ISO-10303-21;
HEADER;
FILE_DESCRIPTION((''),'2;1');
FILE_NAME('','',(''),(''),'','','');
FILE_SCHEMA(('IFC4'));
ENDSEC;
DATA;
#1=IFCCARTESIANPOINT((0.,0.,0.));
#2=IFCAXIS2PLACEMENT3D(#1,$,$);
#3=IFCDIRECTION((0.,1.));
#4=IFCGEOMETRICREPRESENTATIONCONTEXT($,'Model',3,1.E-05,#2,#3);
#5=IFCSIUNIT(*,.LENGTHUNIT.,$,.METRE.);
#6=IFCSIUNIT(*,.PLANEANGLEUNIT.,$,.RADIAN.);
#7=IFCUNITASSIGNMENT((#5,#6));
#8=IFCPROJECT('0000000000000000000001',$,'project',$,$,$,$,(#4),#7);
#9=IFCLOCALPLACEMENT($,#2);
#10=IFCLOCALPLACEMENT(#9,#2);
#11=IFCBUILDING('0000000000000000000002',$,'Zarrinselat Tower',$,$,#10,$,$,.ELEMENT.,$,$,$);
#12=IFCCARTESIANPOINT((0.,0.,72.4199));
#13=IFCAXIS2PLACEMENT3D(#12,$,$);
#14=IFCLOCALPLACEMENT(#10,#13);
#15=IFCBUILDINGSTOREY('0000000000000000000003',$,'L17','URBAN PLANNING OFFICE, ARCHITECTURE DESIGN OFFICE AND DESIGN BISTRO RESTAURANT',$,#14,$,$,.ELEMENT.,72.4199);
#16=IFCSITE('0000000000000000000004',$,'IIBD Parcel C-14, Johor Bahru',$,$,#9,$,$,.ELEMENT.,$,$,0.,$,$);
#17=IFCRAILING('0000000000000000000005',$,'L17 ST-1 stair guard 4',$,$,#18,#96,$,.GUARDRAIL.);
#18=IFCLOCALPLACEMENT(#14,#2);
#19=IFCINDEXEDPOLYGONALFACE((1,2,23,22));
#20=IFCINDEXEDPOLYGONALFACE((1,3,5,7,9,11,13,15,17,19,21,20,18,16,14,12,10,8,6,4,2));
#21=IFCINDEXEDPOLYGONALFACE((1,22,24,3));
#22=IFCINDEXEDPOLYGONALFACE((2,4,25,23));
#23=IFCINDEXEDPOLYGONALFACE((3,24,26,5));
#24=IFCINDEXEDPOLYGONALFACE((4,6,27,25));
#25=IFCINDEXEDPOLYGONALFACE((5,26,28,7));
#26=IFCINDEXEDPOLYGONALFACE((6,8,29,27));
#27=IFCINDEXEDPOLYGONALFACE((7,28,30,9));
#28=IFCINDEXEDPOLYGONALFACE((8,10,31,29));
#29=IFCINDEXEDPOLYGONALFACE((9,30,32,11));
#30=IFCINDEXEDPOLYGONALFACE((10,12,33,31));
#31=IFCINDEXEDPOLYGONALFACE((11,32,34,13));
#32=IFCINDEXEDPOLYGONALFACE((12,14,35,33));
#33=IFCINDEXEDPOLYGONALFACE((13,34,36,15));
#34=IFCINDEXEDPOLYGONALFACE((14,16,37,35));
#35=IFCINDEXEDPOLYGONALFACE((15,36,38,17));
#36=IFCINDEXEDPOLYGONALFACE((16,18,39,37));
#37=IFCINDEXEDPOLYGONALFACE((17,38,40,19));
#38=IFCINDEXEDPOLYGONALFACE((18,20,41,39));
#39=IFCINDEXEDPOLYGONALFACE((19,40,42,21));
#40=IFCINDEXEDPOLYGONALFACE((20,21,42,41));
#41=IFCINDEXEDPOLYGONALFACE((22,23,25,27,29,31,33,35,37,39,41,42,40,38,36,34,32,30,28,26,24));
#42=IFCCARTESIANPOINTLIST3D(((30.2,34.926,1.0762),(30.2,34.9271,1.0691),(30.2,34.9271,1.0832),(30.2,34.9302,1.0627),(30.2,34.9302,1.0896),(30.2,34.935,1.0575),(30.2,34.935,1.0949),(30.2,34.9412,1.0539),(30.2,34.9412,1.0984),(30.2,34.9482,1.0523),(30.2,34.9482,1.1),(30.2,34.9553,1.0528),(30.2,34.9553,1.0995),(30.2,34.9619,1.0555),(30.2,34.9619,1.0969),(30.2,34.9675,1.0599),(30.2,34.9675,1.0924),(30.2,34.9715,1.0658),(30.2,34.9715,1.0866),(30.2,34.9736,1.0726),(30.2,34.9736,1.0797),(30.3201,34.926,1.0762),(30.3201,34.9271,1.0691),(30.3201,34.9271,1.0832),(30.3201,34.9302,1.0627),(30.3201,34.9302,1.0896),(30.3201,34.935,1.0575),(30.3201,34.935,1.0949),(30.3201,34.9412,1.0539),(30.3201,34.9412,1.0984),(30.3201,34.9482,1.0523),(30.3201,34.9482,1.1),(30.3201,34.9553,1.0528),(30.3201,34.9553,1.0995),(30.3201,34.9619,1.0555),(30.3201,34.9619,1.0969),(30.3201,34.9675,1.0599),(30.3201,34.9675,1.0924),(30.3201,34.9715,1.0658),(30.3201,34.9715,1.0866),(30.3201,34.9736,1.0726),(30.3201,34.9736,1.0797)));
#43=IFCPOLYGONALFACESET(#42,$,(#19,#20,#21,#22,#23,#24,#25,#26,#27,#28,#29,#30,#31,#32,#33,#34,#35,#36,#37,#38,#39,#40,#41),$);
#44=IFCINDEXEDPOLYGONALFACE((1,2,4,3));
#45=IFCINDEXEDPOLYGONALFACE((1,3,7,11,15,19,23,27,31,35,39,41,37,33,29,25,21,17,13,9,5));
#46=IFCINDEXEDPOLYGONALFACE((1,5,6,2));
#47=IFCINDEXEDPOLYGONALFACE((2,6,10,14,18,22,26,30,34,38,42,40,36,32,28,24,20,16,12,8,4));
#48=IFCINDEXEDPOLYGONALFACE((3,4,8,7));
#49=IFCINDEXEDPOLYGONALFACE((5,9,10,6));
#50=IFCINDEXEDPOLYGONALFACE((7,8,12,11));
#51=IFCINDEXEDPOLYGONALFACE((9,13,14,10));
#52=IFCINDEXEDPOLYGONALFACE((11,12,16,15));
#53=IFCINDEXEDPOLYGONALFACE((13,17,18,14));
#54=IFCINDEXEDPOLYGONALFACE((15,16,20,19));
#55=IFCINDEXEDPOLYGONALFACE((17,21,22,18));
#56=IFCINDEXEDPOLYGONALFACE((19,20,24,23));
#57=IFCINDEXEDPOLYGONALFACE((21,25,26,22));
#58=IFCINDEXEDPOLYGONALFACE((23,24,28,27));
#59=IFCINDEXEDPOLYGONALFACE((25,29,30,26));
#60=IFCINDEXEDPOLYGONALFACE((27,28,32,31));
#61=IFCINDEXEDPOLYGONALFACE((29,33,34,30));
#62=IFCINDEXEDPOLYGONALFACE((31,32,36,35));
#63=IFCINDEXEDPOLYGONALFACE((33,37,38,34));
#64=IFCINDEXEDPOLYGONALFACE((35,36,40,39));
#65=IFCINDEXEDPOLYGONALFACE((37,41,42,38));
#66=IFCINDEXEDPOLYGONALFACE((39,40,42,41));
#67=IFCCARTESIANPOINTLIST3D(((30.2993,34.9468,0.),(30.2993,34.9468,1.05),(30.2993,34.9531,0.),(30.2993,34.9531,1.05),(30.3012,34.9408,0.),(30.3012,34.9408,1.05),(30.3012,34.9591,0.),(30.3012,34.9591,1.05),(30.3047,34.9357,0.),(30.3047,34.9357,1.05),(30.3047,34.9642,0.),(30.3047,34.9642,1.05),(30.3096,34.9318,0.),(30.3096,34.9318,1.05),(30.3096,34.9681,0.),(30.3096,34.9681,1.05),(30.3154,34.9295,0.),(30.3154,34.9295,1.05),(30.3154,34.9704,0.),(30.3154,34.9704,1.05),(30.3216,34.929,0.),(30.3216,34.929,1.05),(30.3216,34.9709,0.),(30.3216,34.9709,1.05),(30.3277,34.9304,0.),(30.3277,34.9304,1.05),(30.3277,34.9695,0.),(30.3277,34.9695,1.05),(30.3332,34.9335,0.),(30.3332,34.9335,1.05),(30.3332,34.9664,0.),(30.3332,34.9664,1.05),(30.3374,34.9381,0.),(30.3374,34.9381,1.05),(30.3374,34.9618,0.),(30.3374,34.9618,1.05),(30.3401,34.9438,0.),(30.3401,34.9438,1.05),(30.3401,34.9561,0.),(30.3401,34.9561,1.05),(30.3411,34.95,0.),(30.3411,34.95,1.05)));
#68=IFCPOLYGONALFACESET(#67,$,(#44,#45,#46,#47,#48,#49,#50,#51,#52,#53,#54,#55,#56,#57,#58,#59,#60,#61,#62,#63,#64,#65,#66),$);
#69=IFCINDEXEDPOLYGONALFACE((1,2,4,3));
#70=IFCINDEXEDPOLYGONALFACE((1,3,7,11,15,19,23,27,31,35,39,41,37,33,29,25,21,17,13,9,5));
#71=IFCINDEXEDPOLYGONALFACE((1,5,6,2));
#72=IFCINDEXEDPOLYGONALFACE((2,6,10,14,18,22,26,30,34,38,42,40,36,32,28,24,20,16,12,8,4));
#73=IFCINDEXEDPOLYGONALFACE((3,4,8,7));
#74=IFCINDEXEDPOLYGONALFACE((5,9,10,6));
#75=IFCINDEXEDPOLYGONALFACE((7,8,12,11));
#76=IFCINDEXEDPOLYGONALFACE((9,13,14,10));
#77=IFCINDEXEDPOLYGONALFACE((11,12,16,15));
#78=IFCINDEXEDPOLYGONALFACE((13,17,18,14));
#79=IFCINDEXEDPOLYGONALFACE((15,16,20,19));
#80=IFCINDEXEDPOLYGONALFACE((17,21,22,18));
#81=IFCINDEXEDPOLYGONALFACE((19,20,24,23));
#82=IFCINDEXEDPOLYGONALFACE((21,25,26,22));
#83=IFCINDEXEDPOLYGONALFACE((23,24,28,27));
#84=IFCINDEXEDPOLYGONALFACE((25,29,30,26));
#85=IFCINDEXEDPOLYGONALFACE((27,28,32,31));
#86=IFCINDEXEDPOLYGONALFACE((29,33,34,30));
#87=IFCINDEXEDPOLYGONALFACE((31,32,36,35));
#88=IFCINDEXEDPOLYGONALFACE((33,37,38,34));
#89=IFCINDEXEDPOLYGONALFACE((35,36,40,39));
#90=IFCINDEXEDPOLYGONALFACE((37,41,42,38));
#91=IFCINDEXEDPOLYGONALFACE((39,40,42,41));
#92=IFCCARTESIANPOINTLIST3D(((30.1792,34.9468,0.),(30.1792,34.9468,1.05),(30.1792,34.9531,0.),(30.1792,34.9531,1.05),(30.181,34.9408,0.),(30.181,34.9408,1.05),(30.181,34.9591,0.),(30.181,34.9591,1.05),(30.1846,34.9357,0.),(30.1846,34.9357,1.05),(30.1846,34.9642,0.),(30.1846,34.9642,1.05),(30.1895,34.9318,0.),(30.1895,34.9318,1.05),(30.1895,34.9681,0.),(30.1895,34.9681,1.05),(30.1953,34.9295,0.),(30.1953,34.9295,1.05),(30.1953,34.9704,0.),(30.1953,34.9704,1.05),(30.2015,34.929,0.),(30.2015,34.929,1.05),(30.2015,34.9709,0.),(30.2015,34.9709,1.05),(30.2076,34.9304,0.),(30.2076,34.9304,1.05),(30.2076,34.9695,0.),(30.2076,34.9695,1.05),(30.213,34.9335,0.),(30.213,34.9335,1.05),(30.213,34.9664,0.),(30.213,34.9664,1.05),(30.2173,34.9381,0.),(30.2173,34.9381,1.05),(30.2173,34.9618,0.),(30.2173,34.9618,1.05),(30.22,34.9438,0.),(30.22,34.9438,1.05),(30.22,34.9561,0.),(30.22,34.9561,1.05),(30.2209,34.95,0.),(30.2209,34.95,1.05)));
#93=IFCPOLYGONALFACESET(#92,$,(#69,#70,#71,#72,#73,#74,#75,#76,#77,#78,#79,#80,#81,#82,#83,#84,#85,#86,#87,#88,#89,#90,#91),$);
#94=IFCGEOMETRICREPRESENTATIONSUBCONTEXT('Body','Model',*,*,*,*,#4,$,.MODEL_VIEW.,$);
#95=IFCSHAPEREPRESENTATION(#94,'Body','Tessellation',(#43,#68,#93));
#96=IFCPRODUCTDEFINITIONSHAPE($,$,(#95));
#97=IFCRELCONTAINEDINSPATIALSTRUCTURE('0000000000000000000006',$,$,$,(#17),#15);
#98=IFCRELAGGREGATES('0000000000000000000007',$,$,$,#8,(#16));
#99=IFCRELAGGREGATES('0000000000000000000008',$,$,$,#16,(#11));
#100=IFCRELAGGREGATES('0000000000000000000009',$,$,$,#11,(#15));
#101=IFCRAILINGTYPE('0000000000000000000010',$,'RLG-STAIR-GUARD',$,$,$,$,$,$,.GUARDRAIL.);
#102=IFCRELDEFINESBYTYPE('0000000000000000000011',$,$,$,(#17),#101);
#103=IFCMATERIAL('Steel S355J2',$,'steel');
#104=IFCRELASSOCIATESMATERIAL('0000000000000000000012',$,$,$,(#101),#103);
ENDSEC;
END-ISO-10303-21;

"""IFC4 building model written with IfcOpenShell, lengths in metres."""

from ifc_helpers import new_model, si_unit, direction, frame, origin, origin_2d, place, context, subcontext, project, spatial, circle, extrude, material, type_object, element, save


model = new_model("IFC4")

# Units and contexts
model_context = context("Model", 3, precision=1e-05, world=origin(), true_north=direction((0.0, 1.0)))
body_context = subcontext(model_context, "Body", "Model", "MODEL_VIEW")
ifc_project = project(units=[si_unit("LENGTHUNIT", "METRE"), si_unit("PLANEANGLEUNIT", "RADIAN")], contexts=[model_context])

# Site, building, storey
site_placement = place(None, origin())
site = spatial("IfcSite", under=ifc_project, at=site_placement, Name="IIBD Parcel C-14, Johor Bahru", CompositionType="ELEMENT", RefElevation=0.0)
building_placement = place(site_placement, origin())
building = spatial("IfcBuilding", under=site, at=building_placement, Name="Zarrinselat Tower", CompositionType="ELEMENT")
storey_placement = place(building_placement, frame((0.0, 0.0, 72.4199)))
storey = spatial("IfcBuildingStorey", under=building, at=storey_placement, Name="L17", Description="URBAN PLANNING OFFICE, ARCHITECTURE DESIGN OFFICE AND DESIGN BISTRO RESTAURANT", CompositionType="ELEMENT", Elevation=72.4199)

# Railing
ifc_material_1 = material(Name="Steel S355J2", Category="steel")
railing_type_1 = type_object("IfcRailingType", Name="RLG-STAIR-GUARD", PredefinedType="GUARDRAIL", material=ifc_material_1)
railing_1_placement = place(storey_placement, frame((30.3201, 34.95, 0.0)))
element("IfcRailing", 1, at=railing_1_placement, inside=storey, type_object=railing_type_1, Name="L17 ST-1 stair guard 4", PredefinedType="GUARDRAIL", context=body_context, shape_type="SweptSolid", body=[
    extrude(circle(Radius=0.0239, at=origin_2d()), frame((0.0, 0.0, 1.0762), z_axis=(-1.0, 0.0, 0.0), x_axis=(0.0, -1.0, 0.0)), (0.0, 0.0, 1.0), 0.1201),
    extrude(circle(Radius=0.021, at=origin_2d()), origin(), (0.0, 0.0, 1.0), 1.05),
    extrude(circle(Radius=0.021, at=origin_2d()), frame((-0.1201, 0.0, 0.0)), (0.0, 0.0, 1.0), 1.05),
])

save(model, "model.ifc")
